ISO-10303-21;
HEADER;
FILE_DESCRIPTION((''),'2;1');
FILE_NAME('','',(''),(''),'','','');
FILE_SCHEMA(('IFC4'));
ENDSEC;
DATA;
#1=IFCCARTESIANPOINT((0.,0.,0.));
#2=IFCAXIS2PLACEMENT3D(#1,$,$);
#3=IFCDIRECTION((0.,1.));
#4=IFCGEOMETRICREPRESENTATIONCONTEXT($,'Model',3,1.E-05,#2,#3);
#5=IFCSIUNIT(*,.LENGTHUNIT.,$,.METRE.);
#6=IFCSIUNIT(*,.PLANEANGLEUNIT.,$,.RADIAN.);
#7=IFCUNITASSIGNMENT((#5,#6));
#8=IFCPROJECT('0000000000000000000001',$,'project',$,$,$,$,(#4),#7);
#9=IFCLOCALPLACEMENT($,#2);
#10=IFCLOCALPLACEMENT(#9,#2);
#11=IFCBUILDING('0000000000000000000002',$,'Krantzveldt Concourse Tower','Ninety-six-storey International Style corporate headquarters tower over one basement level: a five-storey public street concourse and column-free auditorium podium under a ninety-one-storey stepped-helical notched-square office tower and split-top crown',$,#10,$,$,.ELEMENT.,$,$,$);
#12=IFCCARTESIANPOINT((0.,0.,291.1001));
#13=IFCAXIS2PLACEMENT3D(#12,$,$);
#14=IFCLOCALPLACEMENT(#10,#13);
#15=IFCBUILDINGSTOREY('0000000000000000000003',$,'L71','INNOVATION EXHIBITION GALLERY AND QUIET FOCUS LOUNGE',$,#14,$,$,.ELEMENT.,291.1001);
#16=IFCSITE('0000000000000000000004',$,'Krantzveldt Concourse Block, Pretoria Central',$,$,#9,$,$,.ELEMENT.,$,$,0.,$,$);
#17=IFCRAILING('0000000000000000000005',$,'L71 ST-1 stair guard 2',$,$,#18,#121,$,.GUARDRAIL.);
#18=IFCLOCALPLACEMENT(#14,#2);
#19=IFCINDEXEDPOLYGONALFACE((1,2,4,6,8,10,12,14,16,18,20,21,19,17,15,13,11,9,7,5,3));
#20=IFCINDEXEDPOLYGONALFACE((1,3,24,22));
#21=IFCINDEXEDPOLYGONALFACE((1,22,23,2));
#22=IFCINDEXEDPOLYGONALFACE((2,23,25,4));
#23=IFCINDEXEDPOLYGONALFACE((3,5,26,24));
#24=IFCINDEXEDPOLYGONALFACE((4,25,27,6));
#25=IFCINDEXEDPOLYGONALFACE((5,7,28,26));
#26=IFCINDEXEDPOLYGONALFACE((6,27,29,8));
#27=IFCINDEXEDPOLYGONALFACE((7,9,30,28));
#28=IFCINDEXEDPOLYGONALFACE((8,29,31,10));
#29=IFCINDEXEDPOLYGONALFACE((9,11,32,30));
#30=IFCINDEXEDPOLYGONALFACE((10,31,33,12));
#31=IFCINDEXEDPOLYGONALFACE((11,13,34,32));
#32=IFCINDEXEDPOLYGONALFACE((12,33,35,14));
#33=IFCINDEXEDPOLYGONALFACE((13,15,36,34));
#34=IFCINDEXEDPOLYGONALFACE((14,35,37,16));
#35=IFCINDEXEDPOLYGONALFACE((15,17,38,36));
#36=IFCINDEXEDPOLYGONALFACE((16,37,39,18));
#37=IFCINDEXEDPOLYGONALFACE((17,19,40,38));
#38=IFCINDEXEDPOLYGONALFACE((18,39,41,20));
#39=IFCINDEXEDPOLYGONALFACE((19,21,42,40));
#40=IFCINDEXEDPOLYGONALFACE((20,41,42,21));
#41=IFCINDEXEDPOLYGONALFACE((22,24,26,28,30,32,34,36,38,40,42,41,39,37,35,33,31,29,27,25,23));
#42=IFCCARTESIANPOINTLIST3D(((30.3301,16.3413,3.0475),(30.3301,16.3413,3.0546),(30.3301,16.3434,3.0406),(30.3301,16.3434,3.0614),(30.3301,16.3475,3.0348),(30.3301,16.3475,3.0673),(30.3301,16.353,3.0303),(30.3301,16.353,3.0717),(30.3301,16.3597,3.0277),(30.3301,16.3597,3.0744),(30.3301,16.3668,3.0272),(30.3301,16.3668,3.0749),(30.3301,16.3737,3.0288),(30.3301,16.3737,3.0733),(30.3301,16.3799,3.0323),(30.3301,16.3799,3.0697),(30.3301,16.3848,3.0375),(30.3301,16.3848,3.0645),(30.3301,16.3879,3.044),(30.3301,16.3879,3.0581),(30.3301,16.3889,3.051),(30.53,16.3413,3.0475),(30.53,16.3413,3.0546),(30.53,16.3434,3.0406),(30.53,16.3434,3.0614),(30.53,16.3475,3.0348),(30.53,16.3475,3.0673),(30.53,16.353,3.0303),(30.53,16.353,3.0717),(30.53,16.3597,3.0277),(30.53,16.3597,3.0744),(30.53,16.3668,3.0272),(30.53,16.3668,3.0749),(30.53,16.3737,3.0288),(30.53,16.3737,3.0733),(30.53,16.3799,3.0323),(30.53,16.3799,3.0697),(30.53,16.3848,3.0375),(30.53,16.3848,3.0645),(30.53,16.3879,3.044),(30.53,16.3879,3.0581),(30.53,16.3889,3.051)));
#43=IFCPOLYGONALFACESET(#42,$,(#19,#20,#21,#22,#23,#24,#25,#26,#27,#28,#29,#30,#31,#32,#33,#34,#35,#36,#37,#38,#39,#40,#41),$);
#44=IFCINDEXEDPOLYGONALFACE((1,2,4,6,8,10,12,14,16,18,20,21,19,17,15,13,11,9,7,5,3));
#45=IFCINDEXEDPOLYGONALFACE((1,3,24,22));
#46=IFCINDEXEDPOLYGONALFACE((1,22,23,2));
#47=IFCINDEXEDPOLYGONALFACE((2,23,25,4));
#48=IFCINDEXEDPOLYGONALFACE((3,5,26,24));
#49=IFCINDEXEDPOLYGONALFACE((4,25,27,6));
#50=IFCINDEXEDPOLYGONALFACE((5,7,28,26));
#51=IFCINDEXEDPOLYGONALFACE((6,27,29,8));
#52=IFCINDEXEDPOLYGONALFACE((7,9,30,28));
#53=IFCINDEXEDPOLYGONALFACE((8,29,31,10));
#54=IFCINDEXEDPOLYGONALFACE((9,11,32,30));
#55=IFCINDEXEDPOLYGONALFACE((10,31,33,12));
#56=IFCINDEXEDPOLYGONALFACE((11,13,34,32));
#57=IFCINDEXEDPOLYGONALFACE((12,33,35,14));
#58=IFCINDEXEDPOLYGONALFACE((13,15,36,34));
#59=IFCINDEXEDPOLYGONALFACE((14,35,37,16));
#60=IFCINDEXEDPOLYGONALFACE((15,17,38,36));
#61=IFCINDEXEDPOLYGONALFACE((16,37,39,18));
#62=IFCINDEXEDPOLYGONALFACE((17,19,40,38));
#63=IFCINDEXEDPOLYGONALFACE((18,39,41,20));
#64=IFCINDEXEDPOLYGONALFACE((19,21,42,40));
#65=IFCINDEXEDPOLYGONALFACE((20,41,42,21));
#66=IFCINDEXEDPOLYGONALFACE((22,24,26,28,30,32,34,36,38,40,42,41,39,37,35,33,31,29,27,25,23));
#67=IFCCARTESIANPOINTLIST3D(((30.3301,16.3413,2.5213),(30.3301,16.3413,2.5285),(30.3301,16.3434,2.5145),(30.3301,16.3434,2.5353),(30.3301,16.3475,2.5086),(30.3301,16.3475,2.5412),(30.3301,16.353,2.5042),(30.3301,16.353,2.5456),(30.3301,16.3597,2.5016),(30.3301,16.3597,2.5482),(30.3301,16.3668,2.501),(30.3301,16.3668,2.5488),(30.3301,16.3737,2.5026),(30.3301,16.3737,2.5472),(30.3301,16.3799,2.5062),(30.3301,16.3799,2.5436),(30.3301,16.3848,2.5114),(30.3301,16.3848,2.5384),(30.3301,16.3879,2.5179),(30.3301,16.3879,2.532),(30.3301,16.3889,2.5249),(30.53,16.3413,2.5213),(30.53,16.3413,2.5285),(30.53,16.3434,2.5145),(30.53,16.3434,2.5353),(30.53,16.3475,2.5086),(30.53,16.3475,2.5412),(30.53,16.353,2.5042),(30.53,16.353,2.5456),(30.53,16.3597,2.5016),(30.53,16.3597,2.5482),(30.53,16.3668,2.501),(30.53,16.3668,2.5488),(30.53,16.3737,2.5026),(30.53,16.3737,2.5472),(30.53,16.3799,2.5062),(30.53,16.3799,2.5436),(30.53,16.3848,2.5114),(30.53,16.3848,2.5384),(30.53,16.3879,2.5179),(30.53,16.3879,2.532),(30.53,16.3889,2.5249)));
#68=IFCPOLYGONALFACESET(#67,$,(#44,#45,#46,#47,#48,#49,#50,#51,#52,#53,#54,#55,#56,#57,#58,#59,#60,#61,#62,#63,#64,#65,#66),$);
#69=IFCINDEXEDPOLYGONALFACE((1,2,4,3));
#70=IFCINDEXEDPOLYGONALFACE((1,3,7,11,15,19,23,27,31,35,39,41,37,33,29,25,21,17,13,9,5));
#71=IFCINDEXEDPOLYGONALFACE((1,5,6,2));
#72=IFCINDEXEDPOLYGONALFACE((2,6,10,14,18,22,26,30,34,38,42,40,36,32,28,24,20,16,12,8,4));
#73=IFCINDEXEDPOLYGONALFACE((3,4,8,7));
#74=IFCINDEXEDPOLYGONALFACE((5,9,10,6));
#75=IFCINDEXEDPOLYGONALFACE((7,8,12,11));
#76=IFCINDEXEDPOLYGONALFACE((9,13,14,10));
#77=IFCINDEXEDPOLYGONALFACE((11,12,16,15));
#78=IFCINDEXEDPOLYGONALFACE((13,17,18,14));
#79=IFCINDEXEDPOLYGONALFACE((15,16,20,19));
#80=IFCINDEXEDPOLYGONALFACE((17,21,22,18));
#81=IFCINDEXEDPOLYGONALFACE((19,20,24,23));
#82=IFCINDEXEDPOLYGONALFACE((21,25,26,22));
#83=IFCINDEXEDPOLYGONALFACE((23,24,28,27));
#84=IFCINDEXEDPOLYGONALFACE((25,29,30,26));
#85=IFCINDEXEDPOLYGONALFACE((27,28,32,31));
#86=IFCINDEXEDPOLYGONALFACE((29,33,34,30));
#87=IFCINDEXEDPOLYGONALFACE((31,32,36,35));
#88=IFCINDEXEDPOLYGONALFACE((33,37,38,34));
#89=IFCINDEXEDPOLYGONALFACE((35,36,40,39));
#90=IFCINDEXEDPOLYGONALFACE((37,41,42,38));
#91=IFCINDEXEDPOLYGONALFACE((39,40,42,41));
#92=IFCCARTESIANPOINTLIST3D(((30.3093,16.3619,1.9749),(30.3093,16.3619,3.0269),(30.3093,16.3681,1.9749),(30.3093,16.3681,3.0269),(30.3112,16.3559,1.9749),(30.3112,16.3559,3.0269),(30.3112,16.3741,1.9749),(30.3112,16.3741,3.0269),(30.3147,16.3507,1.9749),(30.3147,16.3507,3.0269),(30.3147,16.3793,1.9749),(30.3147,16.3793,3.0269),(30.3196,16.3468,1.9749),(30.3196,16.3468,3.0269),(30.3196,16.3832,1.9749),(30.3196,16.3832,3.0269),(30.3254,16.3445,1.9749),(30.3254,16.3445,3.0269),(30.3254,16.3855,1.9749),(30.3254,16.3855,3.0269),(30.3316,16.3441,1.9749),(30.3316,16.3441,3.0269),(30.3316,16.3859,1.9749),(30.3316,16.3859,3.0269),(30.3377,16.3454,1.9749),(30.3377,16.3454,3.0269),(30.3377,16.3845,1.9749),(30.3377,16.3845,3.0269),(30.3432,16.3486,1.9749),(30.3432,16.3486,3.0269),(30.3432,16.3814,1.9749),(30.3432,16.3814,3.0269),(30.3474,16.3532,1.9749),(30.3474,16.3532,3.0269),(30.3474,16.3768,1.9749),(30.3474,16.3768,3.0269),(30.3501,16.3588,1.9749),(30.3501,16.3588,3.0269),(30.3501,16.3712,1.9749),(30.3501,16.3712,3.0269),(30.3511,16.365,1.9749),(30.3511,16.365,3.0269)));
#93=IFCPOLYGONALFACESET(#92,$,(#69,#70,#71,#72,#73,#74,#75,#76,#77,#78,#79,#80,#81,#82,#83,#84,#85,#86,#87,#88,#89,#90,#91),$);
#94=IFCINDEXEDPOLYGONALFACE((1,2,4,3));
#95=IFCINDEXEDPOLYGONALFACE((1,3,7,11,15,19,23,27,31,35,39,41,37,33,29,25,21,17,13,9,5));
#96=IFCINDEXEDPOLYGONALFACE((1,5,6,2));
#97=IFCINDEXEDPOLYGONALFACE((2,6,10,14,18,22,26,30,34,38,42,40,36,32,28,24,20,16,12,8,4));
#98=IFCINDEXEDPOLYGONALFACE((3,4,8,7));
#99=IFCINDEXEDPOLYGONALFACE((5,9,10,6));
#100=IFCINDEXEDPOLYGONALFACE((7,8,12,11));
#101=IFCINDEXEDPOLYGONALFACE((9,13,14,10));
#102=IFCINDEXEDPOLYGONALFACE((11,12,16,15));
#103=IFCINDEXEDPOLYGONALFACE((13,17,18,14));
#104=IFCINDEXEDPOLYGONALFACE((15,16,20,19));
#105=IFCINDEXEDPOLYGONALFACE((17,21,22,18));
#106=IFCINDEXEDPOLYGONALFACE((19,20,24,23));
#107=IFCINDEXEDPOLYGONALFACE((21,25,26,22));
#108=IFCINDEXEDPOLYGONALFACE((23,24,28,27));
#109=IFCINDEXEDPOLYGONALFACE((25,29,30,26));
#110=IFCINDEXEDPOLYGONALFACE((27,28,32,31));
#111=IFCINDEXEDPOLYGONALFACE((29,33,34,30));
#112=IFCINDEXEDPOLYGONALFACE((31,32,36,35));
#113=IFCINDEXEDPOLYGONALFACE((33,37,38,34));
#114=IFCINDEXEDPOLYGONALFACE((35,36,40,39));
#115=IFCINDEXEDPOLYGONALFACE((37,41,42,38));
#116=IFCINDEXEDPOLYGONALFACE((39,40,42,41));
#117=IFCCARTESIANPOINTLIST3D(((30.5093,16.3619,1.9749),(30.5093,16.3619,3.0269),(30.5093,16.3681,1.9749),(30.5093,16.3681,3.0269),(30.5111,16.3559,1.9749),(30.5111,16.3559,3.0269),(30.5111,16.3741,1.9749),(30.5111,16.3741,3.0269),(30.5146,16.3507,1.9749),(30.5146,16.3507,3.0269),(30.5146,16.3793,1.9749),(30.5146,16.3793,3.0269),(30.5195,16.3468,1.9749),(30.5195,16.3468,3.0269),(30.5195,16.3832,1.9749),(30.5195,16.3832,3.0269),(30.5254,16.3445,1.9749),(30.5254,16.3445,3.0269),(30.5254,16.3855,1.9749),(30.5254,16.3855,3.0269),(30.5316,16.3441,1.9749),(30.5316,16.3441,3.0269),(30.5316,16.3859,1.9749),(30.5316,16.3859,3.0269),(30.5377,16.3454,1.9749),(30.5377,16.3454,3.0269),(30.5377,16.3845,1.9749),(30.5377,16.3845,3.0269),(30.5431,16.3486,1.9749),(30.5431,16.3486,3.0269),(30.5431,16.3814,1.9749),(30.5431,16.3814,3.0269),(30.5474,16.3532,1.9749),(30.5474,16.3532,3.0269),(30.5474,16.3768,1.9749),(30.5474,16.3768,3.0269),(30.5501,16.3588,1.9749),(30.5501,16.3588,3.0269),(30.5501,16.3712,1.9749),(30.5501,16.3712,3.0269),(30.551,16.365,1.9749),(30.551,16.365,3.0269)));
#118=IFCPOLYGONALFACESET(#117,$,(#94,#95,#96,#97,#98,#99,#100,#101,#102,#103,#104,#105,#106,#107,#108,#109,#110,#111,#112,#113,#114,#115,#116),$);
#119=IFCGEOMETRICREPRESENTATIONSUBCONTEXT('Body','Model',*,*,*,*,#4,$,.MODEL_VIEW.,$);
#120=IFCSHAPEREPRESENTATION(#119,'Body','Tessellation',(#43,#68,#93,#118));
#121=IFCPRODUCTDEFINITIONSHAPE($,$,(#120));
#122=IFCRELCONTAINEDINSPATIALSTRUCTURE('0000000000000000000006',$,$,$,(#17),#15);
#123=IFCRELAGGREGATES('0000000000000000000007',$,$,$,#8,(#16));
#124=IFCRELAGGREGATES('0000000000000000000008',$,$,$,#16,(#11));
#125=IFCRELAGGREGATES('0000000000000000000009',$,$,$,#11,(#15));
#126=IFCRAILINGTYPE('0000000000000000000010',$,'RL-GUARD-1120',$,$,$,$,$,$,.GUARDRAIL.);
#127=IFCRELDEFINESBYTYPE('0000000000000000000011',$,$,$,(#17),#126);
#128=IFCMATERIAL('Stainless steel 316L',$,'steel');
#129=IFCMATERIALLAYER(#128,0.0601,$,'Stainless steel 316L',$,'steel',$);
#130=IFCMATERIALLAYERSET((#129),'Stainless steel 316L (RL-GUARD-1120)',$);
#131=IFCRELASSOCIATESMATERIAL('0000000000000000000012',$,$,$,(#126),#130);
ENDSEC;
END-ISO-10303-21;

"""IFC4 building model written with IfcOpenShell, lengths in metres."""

from ifc_helpers import new_model, si_unit, direction, frame, origin, origin_2d, place, context, subcontext, project, spatial, circle, extrude, material, layer, layer_set, type_object, element, save


model = new_model("IFC4")

# Units and contexts
model_context = context("Model", 3, precision=1e-05, world=origin(), true_north=direction((0.0, 1.0)))
body_context = subcontext(model_context, "Body", "Model", "MODEL_VIEW")
ifc_project = project(units=[si_unit("LENGTHUNIT", "METRE"), si_unit("PLANEANGLEUNIT", "RADIAN")], contexts=[model_context])

# Site, building, storey
site_placement = place(None, origin())
site = spatial("IfcSite", under=ifc_project, at=site_placement, Name="Krantzveldt Concourse Block, Pretoria Central", CompositionType="ELEMENT", RefElevation=0.0)
building_placement = place(site_placement, origin())
building = spatial("IfcBuilding", under=site, at=building_placement, Name="Krantzveldt Concourse Tower", Description="Ninety-six-storey International Style corporate headquarters tower over one basement level: a five-storey public street concourse and column-free auditorium podium under a ninety-one-storey stepped-helical notched-square office tower and split-top crown", CompositionType="ELEMENT")
storey_placement = place(building_placement, frame((0.0, 0.0, 291.1001)))
storey = spatial("IfcBuildingStorey", under=building, at=storey_placement, Name="L71", Description="INNOVATION EXHIBITION GALLERY AND QUIET FOCUS LOUNGE", CompositionType="ELEMENT", Elevation=291.1001)

# Railing
ifc_material_1 = material(Name="Stainless steel 316L", Category="steel")
ifc_layer_1 = layer(ifc_material_1, 0.0601, Name="Stainless steel 316L", Category="steel")
ifc_layer_set_1 = layer_set([ifc_layer_1], Name="Stainless steel 316L (RL-GUARD-1120)")
railing_type_1 = type_object("IfcRailingType", Name="RL-GUARD-1120", PredefinedType="GUARDRAIL", material=ifc_layer_set_1)
railing_1_placement = place(storey_placement, frame((30.3301, 16.365, 1.9749)))
element("IfcRailing", 1, at=railing_1_placement, inside=storey, type_object=railing_type_1, Name="L71 ST-1 stair guard 2", PredefinedType="GUARDRAIL", context=body_context, shape_type="SweptSolid", body=[
    extrude(circle(Radius=0.0239, at=origin_2d()), frame((0.0, 0.0, 1.0762), z_axis=(1.0, 0.0, 0.0), x_axis=(0.0, 1.0, 0.0)), (0.0, 0.0, 1.0), 0.2),
    extrude(circle(Radius=0.0239, at=origin_2d()), frame((0.0, 0.0, 0.55), z_axis=(1.0, 0.0, 0.0), x_axis=(0.0, 1.0, 0.0)), (0.0, 0.0, 1.0), 0.2),
    extrude(circle(Radius=0.021, at=origin_2d()), origin(), (0.0, 0.0, 1.0), 1.052),
    extrude(circle(Radius=0.021, at=origin_2d()), frame((0.2, 0.0, 0.0)), (0.0, 0.0, 1.0), 1.052),
])

save(model, "model.ifc")
